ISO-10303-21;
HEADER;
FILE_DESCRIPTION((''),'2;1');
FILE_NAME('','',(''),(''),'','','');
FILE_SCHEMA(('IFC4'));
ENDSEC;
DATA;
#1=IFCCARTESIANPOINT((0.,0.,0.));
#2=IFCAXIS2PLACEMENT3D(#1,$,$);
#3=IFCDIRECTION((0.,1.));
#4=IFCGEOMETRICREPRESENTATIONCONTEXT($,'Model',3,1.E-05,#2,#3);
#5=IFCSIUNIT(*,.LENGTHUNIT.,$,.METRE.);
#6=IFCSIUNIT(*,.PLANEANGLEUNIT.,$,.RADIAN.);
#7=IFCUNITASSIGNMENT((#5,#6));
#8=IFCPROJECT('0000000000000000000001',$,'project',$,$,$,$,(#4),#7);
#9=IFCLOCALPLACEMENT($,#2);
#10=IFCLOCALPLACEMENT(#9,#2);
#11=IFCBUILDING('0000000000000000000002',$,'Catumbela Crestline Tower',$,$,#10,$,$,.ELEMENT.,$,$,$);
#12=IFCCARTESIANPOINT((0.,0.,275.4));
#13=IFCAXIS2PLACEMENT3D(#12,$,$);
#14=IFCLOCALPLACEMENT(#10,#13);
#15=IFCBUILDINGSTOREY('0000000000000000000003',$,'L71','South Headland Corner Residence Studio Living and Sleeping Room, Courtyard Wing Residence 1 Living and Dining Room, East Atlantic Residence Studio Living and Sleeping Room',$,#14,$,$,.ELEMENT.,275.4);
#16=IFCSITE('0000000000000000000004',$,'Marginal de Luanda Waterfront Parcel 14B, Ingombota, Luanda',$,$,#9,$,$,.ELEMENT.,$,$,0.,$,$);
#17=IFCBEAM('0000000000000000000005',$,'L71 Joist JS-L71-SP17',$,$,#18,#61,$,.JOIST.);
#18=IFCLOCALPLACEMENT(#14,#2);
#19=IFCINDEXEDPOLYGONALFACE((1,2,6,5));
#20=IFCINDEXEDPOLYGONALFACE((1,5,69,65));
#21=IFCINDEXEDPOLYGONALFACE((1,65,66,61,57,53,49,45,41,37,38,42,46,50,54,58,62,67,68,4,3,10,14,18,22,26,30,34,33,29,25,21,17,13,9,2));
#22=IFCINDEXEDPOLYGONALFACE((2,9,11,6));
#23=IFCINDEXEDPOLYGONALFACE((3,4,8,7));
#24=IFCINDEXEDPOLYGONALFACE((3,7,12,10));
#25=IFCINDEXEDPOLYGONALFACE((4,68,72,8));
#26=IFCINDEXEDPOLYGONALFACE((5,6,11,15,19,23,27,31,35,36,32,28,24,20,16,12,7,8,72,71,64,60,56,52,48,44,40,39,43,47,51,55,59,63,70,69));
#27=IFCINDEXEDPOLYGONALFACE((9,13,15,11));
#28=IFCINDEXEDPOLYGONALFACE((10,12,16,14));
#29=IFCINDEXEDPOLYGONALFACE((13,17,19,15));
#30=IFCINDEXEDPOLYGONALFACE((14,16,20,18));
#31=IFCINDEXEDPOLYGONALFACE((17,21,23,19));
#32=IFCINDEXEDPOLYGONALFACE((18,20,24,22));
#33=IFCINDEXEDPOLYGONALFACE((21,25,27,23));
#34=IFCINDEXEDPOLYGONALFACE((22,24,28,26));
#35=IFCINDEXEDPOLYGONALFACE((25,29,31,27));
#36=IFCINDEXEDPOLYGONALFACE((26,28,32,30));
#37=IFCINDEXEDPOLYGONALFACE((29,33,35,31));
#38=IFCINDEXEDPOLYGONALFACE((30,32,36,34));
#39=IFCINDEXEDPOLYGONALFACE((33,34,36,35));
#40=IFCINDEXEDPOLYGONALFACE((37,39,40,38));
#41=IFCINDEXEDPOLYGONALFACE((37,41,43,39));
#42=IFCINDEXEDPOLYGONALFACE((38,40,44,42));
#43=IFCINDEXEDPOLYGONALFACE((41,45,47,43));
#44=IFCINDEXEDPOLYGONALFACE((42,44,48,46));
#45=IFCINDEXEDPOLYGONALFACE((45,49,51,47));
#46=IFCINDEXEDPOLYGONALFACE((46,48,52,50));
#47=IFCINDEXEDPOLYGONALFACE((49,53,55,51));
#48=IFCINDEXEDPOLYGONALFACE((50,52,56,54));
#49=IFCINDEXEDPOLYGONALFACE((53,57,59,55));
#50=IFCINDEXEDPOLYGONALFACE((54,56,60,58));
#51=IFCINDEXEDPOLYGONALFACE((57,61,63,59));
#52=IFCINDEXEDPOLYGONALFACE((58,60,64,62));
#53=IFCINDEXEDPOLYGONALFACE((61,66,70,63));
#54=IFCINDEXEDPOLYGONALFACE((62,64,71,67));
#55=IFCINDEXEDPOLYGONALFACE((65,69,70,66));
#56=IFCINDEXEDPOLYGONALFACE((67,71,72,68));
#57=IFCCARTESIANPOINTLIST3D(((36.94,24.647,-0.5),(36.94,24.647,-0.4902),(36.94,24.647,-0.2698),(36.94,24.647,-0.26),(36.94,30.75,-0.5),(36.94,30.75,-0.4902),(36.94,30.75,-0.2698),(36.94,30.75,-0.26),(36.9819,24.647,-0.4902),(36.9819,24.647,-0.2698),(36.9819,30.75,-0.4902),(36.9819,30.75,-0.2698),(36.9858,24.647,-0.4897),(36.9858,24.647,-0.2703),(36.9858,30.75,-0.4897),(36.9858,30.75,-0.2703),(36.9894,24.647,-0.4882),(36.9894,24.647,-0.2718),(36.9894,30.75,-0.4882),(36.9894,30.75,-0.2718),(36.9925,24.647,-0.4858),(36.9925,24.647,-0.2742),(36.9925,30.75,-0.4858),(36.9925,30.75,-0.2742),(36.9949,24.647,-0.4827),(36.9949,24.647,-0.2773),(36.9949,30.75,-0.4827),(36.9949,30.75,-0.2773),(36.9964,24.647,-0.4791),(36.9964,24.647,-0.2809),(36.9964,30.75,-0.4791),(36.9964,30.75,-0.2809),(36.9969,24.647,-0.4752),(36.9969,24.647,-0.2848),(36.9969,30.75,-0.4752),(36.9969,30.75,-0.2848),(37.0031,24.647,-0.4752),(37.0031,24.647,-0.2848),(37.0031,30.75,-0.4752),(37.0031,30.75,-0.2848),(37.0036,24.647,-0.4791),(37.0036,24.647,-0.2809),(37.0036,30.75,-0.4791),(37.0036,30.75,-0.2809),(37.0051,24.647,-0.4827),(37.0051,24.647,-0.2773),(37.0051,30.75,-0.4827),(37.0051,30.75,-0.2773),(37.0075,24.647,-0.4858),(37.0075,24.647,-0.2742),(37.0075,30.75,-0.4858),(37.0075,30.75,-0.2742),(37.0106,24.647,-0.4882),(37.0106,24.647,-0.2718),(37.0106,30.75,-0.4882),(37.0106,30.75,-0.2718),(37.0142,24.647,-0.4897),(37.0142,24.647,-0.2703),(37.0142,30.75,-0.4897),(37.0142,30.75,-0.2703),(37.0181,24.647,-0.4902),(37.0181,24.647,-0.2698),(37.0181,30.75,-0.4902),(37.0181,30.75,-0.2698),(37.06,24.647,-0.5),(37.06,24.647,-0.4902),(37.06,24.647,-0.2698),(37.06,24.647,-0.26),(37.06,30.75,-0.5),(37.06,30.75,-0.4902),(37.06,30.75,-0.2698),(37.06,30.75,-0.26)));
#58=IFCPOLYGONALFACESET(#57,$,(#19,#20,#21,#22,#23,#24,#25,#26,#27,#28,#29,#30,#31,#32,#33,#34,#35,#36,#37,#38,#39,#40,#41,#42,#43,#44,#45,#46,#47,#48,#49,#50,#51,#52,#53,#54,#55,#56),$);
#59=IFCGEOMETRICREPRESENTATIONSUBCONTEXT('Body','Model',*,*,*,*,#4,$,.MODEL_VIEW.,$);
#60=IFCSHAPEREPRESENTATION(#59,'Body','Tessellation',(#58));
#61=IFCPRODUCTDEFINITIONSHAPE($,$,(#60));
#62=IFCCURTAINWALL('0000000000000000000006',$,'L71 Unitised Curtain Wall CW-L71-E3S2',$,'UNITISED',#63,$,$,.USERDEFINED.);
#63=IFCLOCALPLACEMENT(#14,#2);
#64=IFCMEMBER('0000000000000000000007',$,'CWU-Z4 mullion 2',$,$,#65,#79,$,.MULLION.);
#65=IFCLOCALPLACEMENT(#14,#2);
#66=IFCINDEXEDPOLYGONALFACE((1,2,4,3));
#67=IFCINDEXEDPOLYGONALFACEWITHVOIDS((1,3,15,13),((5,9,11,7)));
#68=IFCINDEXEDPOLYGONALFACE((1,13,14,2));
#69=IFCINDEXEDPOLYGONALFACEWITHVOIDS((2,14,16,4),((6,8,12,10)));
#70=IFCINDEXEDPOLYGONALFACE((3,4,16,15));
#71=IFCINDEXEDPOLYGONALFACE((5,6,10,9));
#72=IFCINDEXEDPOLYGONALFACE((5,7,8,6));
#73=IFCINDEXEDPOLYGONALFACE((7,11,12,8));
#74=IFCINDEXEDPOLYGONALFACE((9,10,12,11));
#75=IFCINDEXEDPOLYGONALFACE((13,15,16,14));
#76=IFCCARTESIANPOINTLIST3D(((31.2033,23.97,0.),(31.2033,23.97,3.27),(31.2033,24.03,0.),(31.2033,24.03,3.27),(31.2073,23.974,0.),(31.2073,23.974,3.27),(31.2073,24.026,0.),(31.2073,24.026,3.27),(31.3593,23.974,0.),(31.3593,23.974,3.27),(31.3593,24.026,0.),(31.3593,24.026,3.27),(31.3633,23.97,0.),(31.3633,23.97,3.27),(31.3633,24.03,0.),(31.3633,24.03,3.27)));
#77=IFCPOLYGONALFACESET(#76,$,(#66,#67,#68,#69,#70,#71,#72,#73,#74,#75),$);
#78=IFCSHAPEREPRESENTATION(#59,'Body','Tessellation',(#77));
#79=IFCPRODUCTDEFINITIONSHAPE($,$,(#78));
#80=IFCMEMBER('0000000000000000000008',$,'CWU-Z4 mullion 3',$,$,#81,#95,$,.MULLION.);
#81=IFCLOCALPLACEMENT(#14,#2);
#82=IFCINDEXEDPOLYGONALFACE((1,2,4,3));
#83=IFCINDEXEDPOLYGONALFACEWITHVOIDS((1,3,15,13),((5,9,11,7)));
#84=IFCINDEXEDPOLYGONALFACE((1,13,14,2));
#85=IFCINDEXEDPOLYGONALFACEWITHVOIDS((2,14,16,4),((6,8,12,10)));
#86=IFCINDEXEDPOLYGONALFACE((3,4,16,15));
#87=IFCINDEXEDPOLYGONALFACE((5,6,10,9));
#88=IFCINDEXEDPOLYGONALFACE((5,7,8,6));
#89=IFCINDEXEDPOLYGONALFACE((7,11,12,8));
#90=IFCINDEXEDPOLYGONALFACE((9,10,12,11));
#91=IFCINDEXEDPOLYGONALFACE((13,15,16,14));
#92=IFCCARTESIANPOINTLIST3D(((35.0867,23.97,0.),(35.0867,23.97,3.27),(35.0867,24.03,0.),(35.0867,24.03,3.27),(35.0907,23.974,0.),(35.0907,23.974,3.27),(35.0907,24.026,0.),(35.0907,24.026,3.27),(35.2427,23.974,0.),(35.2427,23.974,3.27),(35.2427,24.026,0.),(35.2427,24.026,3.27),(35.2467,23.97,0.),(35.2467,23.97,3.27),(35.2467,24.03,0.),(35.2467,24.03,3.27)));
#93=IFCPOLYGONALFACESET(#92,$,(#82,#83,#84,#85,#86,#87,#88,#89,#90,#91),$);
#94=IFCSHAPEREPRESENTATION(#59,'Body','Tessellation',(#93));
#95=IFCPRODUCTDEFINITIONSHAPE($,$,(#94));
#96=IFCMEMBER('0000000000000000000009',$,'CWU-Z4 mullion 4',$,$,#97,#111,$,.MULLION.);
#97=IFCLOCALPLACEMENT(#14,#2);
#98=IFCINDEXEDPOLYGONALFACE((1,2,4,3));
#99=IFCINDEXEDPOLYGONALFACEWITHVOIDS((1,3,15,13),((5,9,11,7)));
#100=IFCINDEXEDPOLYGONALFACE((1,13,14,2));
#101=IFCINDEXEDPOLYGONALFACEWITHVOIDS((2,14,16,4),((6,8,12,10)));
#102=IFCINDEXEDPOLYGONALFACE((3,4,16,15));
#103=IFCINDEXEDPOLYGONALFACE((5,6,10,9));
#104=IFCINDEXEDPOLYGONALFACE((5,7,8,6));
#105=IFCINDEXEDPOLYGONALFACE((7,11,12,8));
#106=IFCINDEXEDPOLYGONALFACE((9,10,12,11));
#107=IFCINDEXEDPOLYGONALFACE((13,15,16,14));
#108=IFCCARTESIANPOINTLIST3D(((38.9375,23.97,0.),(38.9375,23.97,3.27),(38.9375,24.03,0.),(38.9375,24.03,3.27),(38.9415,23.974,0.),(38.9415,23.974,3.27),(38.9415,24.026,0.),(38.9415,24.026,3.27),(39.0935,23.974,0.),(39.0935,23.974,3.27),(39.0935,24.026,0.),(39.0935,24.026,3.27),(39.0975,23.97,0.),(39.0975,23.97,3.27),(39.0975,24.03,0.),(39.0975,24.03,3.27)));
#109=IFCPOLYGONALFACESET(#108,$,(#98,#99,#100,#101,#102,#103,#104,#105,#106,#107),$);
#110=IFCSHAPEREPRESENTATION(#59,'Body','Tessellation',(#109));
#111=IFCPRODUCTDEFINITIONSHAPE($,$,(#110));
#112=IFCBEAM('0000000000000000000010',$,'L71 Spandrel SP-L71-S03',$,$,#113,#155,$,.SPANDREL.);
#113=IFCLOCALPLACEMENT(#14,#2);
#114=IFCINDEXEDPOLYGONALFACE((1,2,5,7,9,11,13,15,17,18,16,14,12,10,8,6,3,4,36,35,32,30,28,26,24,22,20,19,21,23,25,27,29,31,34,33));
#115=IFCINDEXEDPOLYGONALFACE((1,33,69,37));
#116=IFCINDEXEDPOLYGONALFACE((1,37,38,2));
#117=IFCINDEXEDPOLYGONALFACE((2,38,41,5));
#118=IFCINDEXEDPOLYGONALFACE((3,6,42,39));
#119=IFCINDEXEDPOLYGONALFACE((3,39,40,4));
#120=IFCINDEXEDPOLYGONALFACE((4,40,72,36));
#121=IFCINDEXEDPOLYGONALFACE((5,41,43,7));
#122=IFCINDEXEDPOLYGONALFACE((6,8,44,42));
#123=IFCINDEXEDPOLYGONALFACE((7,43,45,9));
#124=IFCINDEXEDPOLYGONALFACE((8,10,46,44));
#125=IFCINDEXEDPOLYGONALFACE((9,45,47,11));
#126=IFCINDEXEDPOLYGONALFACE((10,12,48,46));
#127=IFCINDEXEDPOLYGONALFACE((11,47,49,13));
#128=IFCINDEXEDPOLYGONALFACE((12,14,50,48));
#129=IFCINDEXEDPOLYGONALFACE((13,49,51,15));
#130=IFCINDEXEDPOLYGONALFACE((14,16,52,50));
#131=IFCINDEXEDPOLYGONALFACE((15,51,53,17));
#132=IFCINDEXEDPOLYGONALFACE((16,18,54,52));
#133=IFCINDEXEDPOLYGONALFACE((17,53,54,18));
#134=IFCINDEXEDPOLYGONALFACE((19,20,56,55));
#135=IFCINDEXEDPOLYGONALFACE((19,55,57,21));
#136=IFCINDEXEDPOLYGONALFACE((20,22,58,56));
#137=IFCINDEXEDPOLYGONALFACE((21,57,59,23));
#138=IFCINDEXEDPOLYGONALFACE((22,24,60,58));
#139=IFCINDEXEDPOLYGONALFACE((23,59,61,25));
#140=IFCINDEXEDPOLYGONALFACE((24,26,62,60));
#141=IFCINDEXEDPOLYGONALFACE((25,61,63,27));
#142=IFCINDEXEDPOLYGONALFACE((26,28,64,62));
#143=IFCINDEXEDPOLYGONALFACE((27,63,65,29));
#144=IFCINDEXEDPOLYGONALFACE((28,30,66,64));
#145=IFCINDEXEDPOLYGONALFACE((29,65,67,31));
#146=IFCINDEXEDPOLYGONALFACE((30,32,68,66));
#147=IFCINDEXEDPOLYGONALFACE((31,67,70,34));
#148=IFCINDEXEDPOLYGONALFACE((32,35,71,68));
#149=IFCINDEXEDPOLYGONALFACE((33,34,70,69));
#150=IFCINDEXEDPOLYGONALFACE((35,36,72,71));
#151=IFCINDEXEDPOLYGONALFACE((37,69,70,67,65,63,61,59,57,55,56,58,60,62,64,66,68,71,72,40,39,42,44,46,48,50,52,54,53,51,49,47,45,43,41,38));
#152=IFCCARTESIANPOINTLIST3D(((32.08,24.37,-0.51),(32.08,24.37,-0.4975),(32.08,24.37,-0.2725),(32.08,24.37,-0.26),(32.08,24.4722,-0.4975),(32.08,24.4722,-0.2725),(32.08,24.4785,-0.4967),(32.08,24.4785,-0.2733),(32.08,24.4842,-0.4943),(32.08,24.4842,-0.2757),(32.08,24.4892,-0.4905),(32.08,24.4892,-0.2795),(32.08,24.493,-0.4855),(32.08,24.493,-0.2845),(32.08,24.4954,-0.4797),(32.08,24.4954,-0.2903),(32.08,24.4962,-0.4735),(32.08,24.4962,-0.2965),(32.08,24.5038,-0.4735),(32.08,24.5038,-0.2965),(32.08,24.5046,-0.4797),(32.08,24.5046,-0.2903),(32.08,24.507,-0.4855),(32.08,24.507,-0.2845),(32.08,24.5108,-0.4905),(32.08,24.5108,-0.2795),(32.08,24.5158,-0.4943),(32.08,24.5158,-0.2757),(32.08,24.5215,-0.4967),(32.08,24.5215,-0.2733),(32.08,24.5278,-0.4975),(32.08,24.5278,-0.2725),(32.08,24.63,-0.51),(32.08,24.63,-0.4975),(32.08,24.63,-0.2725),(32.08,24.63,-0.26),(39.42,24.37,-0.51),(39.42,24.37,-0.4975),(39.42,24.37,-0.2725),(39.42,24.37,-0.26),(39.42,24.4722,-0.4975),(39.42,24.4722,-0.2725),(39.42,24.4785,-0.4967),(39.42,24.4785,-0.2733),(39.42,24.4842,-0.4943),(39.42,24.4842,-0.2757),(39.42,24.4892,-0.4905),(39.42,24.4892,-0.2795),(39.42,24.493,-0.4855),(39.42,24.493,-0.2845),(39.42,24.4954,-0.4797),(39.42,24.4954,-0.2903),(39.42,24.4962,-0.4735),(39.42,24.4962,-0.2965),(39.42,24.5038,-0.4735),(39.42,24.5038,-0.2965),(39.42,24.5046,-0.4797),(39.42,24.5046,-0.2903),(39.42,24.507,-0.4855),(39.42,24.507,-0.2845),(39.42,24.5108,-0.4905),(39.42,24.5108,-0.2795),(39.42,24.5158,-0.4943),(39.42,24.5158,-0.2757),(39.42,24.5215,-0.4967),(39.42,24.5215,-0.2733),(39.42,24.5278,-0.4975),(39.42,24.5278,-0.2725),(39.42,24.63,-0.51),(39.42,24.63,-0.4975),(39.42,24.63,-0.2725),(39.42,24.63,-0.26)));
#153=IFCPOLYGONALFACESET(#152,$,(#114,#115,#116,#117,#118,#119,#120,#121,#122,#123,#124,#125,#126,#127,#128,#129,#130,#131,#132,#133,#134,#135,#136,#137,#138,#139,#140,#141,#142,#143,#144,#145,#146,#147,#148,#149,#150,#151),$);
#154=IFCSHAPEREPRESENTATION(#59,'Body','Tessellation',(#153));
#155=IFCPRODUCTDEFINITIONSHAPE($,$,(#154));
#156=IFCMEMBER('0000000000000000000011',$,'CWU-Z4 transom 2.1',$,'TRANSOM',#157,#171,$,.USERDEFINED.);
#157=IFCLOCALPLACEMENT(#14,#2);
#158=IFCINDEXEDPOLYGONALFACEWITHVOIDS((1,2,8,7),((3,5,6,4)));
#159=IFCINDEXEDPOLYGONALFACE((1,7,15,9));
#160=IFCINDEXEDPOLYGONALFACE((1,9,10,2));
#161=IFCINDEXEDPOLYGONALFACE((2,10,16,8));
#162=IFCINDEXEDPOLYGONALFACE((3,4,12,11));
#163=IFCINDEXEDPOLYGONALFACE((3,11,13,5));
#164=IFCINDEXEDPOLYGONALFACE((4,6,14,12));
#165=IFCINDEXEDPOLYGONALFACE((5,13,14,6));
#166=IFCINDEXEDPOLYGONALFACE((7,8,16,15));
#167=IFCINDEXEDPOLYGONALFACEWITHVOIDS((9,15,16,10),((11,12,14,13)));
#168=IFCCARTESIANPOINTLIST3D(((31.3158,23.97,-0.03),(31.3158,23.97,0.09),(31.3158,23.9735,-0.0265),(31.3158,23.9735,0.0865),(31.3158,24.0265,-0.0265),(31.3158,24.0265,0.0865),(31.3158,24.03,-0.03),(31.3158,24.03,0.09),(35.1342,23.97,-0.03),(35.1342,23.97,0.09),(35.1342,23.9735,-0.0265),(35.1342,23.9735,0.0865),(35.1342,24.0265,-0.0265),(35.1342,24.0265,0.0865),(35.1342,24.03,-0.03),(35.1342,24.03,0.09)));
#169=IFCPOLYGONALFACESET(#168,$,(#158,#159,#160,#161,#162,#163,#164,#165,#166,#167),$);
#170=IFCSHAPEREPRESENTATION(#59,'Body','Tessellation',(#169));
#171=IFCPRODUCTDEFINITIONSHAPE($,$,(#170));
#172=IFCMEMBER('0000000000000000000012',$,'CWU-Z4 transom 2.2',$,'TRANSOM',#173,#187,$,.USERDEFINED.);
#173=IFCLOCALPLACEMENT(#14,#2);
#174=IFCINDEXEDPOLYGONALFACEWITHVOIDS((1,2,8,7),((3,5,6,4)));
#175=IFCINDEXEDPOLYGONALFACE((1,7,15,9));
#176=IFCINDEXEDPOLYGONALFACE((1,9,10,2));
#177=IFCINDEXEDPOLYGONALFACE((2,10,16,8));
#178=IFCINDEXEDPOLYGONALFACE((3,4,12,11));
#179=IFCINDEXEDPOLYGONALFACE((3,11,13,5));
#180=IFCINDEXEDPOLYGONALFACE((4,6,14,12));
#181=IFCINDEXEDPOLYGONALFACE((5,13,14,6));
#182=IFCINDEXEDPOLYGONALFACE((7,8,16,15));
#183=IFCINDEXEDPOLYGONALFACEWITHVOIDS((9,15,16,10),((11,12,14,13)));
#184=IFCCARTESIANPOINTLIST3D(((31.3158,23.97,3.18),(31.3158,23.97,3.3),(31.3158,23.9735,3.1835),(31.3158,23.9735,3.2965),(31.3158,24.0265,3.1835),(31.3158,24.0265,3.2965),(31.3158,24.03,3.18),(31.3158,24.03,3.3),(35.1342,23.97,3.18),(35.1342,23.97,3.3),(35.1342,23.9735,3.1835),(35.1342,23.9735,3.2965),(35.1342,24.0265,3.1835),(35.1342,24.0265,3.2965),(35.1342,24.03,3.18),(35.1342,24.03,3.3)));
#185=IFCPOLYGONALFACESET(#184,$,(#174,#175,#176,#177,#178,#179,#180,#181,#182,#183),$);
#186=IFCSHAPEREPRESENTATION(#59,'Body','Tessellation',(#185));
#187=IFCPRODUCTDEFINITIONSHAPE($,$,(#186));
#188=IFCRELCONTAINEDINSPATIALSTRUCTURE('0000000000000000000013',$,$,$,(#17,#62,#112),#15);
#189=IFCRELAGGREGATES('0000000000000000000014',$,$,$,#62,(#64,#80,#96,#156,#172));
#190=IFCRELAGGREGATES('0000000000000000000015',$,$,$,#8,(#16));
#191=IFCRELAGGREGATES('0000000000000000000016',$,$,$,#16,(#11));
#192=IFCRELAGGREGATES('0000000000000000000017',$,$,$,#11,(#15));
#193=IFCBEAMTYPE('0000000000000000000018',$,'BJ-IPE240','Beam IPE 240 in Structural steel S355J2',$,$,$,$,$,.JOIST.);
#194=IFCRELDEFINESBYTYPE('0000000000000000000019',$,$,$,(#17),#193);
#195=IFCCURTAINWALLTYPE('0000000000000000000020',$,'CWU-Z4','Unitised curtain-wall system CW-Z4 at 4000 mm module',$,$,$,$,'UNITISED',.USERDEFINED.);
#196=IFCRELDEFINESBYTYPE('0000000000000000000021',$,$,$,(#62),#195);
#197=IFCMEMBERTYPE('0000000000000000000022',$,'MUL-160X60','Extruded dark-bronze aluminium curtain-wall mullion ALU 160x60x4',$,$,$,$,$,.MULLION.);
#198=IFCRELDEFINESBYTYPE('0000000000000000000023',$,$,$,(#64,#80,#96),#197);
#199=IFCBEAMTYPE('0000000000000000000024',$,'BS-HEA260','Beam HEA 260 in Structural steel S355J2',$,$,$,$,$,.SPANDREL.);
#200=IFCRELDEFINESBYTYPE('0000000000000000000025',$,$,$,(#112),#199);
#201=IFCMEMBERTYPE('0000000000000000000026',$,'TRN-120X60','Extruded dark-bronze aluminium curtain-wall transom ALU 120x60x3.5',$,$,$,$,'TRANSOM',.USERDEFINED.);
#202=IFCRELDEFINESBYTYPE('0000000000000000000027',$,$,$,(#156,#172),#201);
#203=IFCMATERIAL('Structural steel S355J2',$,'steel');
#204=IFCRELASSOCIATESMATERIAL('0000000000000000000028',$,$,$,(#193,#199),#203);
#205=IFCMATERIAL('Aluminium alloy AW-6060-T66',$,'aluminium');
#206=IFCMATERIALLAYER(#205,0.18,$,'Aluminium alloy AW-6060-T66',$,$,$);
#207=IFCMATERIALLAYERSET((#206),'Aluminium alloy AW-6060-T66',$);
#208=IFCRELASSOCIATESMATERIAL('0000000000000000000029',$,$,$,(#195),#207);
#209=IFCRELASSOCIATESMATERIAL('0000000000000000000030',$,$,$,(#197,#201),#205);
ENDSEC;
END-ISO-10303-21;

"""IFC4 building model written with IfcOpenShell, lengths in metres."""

from ifc_helpers import new_model, si_unit, direction, frame, origin, origin_2d, place, context, subcontext, project, spatial, hollow_rectangle, i_section, extrude, material, layer, layer_set, material_profile, profile_set, type_object, element, aggregate, save


model = new_model("IFC4")

# Units and contexts
model_context = context("Model", 3, precision=1e-05, world=origin(), true_north=direction((0.0, 1.0)))
body_context = subcontext(model_context, "Body", "Model", "MODEL_VIEW")
ifc_project = project(units=[si_unit("LENGTHUNIT", "METRE"), si_unit("PLANEANGLEUNIT", "RADIAN")], contexts=[model_context])

# Site, building, storey
site_placement = place(None, origin())
site = spatial("IfcSite", under=ifc_project, at=site_placement, Name="Marginal de Luanda Waterfront Parcel 14B, Ingombota, Luanda", CompositionType="ELEMENT", RefElevation=0.0)
building_placement = place(site_placement, origin())
building = spatial("IfcBuilding", under=site, at=building_placement, Name="Catumbela Crestline Tower", CompositionType="ELEMENT")
storey_placement = place(building_placement, frame((0.0, 0.0, 275.4)))
storey = spatial("IfcBuildingStorey", under=building, at=storey_placement, Name="L71", Description="South Headland Corner Residence Studio Living and Sleeping Room, Courtyard Wing Residence 1 Living and Dining Room, East Atlantic Residence Studio Living and Sleeping Room", CompositionType="ELEMENT", Elevation=275.4)

# Beam
ifc_material_1 = material(Name="Structural steel S355J2", Category="steel")
ifc_material_profile_1 = material_profile(ifc_material_1, i_section(OverallWidth=0.12, OverallDepth=0.24, WebThickness=0.0062, FlangeThickness=0.0098, FilletRadius=0.015, at=origin_2d()), Name="IPE 240")
ifc_profile_set_1 = profile_set([ifc_material_profile_1], Name="Structural steel S355J2")
beam_type_1 = type_object("IfcBeamType", Name="BJ-IPE240", Description="Beam IPE 240 in Structural steel S355J2", PredefinedType="JOIST", material=ifc_profile_set_1)
for number, where, z_axis, x_axis, name in (
    (1, (37.0, 24.647, -0.38), (0.0, 1.0, 0.0), (-1.0, 0.0, 0.0), "L71 Joist JS-L71-SP17"),
):
    element("IfcBeam", number, at=place(storey_placement, frame(where, z_axis=z_axis, x_axis=x_axis)), inside=storey, type_object=beam_type_1, Name=name, PredefinedType="JOIST", context=body_context, shape_type="SweptSolid", body=[
        extrude(i_section(OverallWidth=0.12, OverallDepth=0.24, WebThickness=0.0062, FlangeThickness=0.0098, FilletRadius=0.015, at=origin_2d()), origin(), (0.0, 0.0, 1.0), 6.103),
    ])

# Curtain wall, members
ifc_material_2 = material(Name="Aluminium alloy AW-6060-T66", Category="aluminium")
ifc_layer_1 = layer(ifc_material_2, 0.18, Name="Aluminium alloy AW-6060-T66")
ifc_layer_set_1 = layer_set([ifc_layer_1], Name="Aluminium alloy AW-6060-T66")
curtain_wall_type = type_object("IfcCurtainWallType", Name="CWU-Z4", Description="Unitised curtain-wall system CW-Z4 at 4000 mm module", ElementType="UNITISED", PredefinedType="USERDEFINED", material=ifc_layer_set_1)
curtain_wall_placement = place(storey_placement, origin())
curtain_wall = element("IfcCurtainWall", 2, at=curtain_wall_placement, inside=storey, type_object=curtain_wall_type, Name="L71 Unitised Curtain Wall CW-L71-E3S2", ObjectType="UNITISED", PredefinedType="USERDEFINED")
ifc_material_profile_2 = material_profile(ifc_material_2, hollow_rectangle(XDim=0.06, YDim=0.16, WallThickness=0.004, at=origin_2d()), Name="ALU 160x60x4")
ifc_profile_set_2 = profile_set([ifc_material_profile_2], Name="Aluminium alloy AW-6060-T66")
member_type_1 = type_object("IfcMemberType", Name="MUL-160X60", Description="Extruded dark-bronze aluminium curtain-wall mullion ALU 160x60x4", PredefinedType="MULLION", material=ifc_profile_set_2)
member_1_placement = place(storey_placement, frame((31.2833, 24.0, 0.0), z_axis=(0.0, 0.0, 1.0), x_axis=(0.0, 1.0, 0.0)))
member_1 = element("IfcMember", 3, at=member_1_placement, type_object=member_type_1, Name="CWU-Z4 mullion 2", PredefinedType="MULLION", context=body_context, shape_type="SweptSolid", body=[
    extrude(hollow_rectangle(XDim=0.06, YDim=0.16, WallThickness=0.004, at=origin_2d()), origin(), (0.0, 0.0, 1.0), 3.27),
])
member_2_placement = place(storey_placement, frame((35.1667, 24.0, 0.0), z_axis=(0.0, 0.0, 1.0), x_axis=(0.0, 1.0, 0.0)))
member_2 = element("IfcMember", 4, at=member_2_placement, type_object=member_type_1, Name="CWU-Z4 mullion 3", PredefinedType="MULLION", context=body_context, shape_type="SweptSolid", body=[
    extrude(hollow_rectangle(XDim=0.06, YDim=0.16, WallThickness=0.004, at=origin_2d()), origin(), (0.0, 0.0, 1.0), 3.27),
])
member_3_placement = place(storey_placement, frame((39.0175, 24.0, 0.0), z_axis=(0.0, 0.0, 1.0), x_axis=(0.0, 1.0, 0.0)))
member_3 = element("IfcMember", 5, at=member_3_placement, type_object=member_type_1, Name="CWU-Z4 mullion 4", PredefinedType="MULLION", context=body_context, shape_type="SweptSolid", body=[
    extrude(hollow_rectangle(XDim=0.06, YDim=0.16, WallThickness=0.004, at=origin_2d()), origin(), (0.0, 0.0, 1.0), 3.27),
])

# Beam
ifc_material_profile_3 = material_profile(ifc_material_1, i_section(OverallWidth=0.26, OverallDepth=0.25, WebThickness=0.0075, FlangeThickness=0.0125, FilletRadius=0.024, at=origin_2d()), Name="HEA 260")
ifc_profile_set_3 = profile_set([ifc_material_profile_3], Name="Structural steel S355J2")
beam_type_2 = type_object("IfcBeamType", Name="BS-HEA260", Description="Beam HEA 260 in Structural steel S355J2", PredefinedType="SPANDREL", material=ifc_profile_set_3)
beam_placement = place(storey_placement, frame((32.08, 24.5, -0.385), z_axis=(1.0, 0.0, 0.0), x_axis=(0.0, 1.0, 0.0)))
element("IfcBeam", 6, at=beam_placement, inside=storey, type_object=beam_type_2, Name="L71 Spandrel SP-L71-S03", PredefinedType="SPANDREL", context=body_context, shape_type="SweptSolid", body=[
    extrude(i_section(OverallWidth=0.26, OverallDepth=0.25, WebThickness=0.0075, FlangeThickness=0.0125, FilletRadius=0.024, at=origin_2d()), origin(), (0.0, 0.0, 1.0), 7.34),
])

# Members
ifc_material_profile_4 = material_profile(ifc_material_2, hollow_rectangle(XDim=0.06, YDim=0.12, WallThickness=0.0035, at=origin_2d()), Name="ALU 120x60x3.5")
ifc_profile_set_4 = profile_set([ifc_material_profile_4], Name="Aluminium alloy AW-6060-T66")
member_type_2 = type_object("IfcMemberType", Name="TRN-120X60", Description="Extruded dark-bronze aluminium curtain-wall transom ALU 120x60x3.5", ElementType="TRANSOM", PredefinedType="USERDEFINED", material=ifc_profile_set_4)
member_4_placement = place(storey_placement, frame((31.3158, 24.0, 0.03), z_axis=(1.0, 0.0, 0.0), x_axis=(0.0, 1.0, 0.0)))
member_4 = element("IfcMember", 7, at=member_4_placement, type_object=member_type_2, Name="CWU-Z4 transom 2.1", ObjectType="TRANSOM", PredefinedType="USERDEFINED", context=body_context, shape_type="SweptSolid", body=[
    extrude(hollow_rectangle(XDim=0.06, YDim=0.12, WallThickness=0.0035, at=origin_2d()), origin(), (0.0, 0.0, 1.0), 3.8184),
])
member_5_placement = place(storey_placement, frame((31.3158, 24.0, 3.24), z_axis=(1.0, 0.0, 0.0), x_axis=(0.0, 1.0, 0.0)))
member_5 = element("IfcMember", 8, at=member_5_placement, type_object=member_type_2, Name="CWU-Z4 transom 2.2", ObjectType="TRANSOM", PredefinedType="USERDEFINED", context=body_context, shape_type="SweptSolid", body=[
    extrude(hollow_rectangle(XDim=0.06, YDim=0.12, WallThickness=0.0035, at=origin_2d()), origin(), (0.0, 0.0, 1.0), 3.8184),
])

aggregate(curtain_wall, [member_1, member_2, member_3, member_4, member_5])

save(model, "model.ifc")
